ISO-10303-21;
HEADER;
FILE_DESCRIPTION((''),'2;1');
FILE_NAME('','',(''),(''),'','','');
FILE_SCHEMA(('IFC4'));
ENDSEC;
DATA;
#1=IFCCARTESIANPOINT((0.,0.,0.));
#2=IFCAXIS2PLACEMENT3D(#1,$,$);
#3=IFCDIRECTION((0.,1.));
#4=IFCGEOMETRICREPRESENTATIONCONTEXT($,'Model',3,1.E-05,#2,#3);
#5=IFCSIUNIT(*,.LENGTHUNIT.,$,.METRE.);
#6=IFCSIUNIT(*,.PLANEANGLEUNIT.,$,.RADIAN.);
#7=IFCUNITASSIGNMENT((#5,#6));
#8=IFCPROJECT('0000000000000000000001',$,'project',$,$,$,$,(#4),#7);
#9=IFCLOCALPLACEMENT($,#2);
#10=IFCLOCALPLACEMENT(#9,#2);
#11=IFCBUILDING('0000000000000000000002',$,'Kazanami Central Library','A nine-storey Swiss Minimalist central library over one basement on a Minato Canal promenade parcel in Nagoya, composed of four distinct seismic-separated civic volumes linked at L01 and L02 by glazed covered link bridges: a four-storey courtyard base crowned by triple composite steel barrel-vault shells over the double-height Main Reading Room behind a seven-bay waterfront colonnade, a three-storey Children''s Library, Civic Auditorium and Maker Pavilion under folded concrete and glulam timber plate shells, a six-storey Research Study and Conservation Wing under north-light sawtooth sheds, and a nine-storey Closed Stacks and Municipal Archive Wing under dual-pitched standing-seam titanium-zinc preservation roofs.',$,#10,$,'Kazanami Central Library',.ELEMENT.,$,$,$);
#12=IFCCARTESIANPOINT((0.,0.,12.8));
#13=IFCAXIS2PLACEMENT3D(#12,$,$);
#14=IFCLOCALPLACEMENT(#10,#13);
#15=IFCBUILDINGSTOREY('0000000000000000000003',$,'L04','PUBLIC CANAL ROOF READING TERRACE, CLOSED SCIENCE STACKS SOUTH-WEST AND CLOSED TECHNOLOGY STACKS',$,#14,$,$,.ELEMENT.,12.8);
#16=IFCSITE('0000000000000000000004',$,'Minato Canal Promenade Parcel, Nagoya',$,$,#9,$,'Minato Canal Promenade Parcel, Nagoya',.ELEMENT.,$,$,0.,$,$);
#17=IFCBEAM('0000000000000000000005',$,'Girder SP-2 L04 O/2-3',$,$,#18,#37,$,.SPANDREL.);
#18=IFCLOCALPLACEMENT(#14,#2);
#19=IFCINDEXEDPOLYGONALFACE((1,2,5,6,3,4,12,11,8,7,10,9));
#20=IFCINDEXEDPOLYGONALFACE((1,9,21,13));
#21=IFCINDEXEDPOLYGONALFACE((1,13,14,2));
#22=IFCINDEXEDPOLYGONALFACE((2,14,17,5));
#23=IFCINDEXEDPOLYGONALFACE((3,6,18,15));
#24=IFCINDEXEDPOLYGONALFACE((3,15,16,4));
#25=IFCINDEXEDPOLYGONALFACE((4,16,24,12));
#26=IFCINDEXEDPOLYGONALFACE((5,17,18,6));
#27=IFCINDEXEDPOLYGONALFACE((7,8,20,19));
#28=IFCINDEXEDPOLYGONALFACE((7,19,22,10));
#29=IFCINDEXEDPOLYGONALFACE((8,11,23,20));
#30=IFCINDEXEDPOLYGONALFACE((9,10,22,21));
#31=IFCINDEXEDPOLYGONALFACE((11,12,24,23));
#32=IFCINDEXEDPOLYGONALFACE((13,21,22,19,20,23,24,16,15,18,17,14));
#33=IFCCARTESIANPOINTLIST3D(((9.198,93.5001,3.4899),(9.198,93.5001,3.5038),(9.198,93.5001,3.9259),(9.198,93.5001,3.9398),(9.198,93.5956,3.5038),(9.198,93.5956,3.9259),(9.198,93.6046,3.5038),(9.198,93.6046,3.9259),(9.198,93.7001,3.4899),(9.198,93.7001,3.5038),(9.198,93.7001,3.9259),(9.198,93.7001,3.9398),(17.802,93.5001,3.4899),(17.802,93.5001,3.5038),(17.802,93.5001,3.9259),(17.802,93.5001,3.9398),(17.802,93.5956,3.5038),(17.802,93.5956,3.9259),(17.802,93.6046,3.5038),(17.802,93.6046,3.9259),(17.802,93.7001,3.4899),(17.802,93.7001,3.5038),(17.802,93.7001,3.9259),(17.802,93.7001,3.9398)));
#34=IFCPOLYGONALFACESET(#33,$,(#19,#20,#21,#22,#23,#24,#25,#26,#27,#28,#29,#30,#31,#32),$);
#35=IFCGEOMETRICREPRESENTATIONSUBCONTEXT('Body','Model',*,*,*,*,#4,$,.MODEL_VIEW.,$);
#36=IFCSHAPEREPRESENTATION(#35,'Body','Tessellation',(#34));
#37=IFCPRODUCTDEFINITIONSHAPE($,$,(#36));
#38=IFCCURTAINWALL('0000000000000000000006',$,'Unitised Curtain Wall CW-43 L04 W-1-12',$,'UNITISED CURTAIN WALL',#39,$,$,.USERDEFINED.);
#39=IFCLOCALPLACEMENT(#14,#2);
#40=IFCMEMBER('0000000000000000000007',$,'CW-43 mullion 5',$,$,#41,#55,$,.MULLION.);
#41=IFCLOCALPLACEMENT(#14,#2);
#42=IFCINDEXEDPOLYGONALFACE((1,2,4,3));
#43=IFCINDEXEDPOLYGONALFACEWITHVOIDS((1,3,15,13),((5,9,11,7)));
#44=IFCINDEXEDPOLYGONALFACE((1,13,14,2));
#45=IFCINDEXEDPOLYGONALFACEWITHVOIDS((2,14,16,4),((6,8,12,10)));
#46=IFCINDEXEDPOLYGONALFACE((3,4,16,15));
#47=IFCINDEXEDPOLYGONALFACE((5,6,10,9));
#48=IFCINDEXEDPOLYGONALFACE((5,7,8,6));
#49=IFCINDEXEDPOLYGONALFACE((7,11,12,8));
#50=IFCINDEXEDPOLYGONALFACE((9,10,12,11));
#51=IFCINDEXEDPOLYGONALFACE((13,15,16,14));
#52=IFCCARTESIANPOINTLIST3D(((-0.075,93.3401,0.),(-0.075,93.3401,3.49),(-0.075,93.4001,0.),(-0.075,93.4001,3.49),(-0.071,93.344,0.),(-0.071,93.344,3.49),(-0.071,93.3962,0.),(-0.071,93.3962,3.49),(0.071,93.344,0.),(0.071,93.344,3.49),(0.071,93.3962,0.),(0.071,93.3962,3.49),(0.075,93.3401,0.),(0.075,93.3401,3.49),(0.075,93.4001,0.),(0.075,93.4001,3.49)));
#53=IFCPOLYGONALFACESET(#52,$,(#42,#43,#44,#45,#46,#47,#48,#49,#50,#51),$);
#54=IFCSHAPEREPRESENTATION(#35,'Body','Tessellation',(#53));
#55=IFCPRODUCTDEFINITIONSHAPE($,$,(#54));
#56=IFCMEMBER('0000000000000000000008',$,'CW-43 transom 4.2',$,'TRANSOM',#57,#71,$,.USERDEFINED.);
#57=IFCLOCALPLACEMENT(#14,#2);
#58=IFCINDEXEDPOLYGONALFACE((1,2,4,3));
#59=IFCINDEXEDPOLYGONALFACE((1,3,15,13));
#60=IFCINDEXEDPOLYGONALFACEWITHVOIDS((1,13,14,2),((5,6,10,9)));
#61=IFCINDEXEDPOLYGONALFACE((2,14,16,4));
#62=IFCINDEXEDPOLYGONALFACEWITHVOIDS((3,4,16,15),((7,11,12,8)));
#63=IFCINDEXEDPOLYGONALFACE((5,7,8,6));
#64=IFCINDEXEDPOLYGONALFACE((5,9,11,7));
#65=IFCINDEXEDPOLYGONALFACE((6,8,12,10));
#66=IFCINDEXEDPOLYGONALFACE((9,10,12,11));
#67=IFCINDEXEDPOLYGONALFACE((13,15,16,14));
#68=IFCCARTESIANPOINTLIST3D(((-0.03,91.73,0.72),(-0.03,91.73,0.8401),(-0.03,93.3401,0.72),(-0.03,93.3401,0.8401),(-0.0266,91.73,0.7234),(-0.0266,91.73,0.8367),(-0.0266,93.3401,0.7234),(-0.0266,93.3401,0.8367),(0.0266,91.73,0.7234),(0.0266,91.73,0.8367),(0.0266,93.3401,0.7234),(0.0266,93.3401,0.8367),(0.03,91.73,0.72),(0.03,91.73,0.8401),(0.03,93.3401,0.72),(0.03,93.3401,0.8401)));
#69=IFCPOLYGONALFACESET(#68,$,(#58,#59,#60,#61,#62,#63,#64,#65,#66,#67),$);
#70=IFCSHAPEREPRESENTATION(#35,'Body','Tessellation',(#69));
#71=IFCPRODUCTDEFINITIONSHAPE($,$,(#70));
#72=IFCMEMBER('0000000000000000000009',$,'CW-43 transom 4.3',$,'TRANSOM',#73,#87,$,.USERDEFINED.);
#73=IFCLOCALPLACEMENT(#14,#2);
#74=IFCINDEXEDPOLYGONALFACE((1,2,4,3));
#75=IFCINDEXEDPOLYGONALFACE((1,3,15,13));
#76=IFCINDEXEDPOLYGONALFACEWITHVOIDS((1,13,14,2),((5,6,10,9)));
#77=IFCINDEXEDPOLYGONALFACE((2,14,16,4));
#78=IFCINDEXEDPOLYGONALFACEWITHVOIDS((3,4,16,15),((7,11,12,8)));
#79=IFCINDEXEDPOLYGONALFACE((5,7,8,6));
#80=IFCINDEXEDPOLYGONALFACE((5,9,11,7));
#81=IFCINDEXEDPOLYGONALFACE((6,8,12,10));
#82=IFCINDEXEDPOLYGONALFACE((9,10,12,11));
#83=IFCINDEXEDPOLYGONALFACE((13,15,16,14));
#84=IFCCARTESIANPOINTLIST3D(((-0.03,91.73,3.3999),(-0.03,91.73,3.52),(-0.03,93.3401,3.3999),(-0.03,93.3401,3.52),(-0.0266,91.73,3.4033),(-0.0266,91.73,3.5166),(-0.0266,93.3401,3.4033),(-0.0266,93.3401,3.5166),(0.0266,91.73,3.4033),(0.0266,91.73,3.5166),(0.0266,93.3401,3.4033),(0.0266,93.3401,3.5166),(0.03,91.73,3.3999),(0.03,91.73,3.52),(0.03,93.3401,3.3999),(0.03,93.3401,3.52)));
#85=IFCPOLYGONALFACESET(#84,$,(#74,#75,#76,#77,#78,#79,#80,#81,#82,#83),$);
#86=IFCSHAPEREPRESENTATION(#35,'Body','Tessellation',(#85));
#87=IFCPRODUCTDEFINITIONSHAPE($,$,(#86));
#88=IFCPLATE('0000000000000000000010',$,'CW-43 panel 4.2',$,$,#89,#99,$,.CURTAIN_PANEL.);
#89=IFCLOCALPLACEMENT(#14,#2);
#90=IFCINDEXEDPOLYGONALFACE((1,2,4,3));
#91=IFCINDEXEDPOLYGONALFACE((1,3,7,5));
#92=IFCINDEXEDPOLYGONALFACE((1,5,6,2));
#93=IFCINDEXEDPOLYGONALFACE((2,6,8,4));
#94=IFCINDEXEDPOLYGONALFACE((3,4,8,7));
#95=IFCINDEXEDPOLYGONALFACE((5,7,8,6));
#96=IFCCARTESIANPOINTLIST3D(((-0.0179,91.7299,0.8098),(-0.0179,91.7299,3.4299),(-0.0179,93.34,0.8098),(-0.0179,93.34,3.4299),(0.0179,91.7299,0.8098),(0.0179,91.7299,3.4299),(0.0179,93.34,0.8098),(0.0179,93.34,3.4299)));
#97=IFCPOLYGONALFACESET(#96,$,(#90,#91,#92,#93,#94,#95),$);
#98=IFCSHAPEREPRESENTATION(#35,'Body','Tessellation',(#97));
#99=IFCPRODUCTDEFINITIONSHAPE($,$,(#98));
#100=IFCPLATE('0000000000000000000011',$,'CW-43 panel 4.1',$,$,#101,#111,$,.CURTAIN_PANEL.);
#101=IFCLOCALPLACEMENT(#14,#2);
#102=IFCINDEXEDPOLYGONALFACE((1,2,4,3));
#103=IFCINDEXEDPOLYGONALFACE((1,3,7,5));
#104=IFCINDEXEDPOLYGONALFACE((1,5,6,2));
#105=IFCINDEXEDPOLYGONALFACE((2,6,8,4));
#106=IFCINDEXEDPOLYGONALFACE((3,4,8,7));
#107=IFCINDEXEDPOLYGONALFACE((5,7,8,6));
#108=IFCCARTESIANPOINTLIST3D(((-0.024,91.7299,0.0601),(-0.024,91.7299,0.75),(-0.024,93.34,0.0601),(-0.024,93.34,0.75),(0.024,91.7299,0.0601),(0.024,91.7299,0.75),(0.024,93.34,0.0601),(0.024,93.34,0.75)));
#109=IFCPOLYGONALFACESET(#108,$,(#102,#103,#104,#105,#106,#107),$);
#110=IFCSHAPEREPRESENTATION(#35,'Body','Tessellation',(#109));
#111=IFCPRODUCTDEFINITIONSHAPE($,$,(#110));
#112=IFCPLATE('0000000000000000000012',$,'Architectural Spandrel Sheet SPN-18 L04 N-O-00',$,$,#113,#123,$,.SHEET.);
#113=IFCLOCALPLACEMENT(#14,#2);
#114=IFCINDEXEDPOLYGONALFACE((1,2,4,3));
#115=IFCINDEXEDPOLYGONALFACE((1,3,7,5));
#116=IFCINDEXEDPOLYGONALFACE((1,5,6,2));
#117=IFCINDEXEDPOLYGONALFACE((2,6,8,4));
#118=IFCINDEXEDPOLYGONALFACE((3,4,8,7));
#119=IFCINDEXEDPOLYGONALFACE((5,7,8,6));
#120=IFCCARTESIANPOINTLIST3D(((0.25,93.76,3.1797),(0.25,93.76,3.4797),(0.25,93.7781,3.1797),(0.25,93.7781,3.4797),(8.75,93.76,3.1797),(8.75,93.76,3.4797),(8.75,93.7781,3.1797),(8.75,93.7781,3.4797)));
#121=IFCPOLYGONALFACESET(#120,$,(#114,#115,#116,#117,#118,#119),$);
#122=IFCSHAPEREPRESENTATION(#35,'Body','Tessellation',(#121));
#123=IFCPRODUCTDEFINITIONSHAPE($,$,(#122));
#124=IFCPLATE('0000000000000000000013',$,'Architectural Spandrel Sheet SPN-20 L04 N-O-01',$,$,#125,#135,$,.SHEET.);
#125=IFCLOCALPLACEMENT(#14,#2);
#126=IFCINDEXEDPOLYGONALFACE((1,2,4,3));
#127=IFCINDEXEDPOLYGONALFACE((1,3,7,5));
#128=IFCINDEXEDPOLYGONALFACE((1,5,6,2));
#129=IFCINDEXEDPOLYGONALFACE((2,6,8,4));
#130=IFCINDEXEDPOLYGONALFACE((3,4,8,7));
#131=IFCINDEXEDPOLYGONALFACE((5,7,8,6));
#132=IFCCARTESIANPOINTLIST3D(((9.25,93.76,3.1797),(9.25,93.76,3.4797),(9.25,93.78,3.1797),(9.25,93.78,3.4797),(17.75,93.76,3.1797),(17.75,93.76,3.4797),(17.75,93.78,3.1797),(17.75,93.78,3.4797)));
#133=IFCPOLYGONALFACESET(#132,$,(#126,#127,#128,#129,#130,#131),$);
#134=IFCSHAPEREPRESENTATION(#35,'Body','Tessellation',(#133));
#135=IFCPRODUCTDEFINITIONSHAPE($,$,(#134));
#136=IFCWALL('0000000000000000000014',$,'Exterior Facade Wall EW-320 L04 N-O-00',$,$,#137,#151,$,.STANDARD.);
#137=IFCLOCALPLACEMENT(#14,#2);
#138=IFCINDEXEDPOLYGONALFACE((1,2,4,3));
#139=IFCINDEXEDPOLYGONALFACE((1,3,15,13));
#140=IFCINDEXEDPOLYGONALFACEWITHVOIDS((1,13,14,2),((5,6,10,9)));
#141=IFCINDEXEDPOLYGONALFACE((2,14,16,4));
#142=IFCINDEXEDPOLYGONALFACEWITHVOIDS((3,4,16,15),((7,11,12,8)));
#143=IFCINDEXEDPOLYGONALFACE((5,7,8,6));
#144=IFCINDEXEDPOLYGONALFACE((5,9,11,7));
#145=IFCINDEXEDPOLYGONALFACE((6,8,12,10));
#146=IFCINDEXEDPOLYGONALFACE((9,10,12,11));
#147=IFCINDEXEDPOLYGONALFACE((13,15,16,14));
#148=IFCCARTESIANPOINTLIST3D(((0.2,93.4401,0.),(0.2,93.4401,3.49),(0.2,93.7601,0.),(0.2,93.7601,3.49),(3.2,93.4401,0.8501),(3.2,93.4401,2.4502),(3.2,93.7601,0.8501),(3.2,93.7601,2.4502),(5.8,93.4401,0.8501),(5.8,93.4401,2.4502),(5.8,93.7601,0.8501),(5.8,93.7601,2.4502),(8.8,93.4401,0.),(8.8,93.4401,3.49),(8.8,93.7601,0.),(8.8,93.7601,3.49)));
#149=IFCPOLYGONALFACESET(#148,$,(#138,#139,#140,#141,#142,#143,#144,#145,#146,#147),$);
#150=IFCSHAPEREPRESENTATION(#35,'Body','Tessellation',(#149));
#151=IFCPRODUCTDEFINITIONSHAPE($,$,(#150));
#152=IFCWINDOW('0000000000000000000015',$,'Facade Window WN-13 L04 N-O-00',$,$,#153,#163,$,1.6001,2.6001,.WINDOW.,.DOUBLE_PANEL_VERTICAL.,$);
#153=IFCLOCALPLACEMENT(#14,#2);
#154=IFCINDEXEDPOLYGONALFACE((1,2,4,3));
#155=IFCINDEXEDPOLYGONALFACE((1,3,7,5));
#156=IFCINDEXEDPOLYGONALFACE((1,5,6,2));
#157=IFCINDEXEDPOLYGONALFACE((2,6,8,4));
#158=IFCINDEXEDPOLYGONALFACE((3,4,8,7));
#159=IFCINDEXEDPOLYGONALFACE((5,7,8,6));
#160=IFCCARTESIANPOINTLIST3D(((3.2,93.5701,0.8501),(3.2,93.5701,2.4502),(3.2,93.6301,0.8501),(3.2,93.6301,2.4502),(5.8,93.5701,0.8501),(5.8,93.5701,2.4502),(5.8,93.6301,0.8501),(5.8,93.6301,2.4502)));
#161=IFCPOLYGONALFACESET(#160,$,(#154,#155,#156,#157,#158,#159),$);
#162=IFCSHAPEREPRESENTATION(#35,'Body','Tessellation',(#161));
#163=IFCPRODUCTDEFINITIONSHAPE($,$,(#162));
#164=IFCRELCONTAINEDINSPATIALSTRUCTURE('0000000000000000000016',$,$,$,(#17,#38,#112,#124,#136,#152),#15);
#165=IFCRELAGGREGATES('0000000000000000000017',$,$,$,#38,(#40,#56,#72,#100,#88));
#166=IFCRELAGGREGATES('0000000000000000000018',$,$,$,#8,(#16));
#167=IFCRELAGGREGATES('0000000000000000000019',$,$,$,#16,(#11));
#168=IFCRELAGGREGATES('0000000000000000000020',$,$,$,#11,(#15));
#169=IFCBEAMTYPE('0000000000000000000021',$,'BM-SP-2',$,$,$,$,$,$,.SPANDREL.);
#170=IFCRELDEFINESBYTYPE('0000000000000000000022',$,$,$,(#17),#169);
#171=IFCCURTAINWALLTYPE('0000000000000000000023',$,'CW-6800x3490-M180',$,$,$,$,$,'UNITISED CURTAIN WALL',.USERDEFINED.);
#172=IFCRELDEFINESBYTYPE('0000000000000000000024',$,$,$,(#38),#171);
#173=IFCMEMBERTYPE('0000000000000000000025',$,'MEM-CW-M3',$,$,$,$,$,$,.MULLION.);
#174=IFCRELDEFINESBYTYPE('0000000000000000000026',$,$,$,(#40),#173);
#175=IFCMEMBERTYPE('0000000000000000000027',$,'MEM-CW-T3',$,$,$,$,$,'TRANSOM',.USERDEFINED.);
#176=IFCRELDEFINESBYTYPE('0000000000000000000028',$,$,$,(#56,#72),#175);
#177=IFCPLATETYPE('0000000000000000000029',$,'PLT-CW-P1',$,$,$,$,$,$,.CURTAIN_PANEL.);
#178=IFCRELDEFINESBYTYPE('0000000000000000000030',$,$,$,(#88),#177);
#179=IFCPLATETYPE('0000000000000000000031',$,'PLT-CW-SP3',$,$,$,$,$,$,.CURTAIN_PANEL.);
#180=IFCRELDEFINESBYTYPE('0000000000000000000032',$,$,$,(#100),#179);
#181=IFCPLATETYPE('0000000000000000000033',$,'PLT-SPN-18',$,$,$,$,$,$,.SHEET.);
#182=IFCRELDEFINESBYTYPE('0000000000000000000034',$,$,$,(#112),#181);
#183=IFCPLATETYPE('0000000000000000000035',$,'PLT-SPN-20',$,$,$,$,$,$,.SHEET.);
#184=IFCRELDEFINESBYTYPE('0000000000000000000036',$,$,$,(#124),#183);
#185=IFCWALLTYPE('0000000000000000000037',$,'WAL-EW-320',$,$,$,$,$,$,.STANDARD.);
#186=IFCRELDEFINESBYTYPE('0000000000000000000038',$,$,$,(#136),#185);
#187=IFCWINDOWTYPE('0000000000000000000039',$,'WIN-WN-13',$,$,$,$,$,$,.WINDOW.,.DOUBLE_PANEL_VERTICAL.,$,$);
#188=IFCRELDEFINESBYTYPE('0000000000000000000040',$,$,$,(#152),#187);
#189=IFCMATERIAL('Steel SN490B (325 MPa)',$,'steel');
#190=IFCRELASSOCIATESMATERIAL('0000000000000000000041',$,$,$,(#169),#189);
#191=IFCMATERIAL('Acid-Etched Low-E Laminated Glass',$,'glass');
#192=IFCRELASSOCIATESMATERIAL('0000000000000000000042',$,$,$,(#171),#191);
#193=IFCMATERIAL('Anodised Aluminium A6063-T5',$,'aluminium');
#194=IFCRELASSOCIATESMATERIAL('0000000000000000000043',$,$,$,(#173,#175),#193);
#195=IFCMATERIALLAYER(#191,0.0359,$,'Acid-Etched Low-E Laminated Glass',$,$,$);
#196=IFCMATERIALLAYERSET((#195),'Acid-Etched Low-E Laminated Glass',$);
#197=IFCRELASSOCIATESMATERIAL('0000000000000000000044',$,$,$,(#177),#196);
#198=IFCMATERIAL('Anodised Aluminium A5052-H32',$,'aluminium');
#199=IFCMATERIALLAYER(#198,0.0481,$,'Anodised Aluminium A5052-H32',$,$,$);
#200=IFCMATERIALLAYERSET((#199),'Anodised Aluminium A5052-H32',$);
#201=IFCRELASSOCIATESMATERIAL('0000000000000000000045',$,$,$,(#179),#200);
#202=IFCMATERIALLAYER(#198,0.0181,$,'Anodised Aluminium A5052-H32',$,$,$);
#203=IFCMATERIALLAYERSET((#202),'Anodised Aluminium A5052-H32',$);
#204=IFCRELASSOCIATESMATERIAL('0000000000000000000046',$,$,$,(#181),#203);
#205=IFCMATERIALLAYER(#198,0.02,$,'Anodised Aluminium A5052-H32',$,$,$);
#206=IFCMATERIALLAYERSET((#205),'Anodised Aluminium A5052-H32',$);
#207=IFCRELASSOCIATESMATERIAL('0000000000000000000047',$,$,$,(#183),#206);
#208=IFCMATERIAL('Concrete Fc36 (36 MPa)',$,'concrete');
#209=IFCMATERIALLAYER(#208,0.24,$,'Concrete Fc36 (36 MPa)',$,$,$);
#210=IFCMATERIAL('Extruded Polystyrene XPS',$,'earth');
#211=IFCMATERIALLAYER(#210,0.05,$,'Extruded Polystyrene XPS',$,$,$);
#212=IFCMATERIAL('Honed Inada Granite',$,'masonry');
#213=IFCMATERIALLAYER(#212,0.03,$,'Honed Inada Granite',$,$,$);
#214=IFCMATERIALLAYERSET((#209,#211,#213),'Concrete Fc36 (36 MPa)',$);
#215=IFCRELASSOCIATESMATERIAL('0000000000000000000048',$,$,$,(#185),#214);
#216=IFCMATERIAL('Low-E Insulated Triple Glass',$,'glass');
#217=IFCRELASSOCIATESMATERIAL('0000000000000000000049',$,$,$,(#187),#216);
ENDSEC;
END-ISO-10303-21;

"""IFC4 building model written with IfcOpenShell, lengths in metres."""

from ifc_helpers import new_model, si_unit, direction, frame, frame_2d, origin, origin_2d, place, context, subcontext, project, spatial, rectangle, hollow_rectangle, i_section, extrude, material, layer, layer_set, material_profile, profile_set, type_object, element, fill, aggregate, save


model = new_model("IFC4")

# Units and contexts
model_context = context("Model", 3, precision=1e-05, world=origin(), true_north=direction((0.0, 1.0)))
body_context = subcontext(model_context, "Body", "Model", "MODEL_VIEW")
ifc_project = project(units=[si_unit("LENGTHUNIT", "METRE"), si_unit("PLANEANGLEUNIT", "RADIAN")], contexts=[model_context])

# Site, building, storey
site_placement = place(None, origin())
site = spatial("IfcSite", under=ifc_project, at=site_placement, Name="Minato Canal Promenade Parcel, Nagoya", LongName="Minato Canal Promenade Parcel, Nagoya", CompositionType="ELEMENT", RefElevation=0.0)
building_placement = place(site_placement, origin())
building = spatial("IfcBuilding", under=site, at=building_placement, Name="Kazanami Central Library", Description="A nine-storey Swiss Minimalist central library over one basement on a Minato Canal promenade parcel in Nagoya, composed of four distinct seismic-separated civic volumes linked at L01 and L02 by glazed covered link bridges: a four-storey courtyard base crowned by triple composite steel barrel-vault shells over the double-height Main Reading Room behind a seven-bay waterfront colonnade, a three-storey Children's Library, Civic Auditorium and Maker Pavilion under folded concrete and glulam timber plate shells, a six-storey Research Study and Conservation Wing under north-light sawtooth sheds, and a nine-storey Closed Stacks and Municipal Archive Wing under dual-pitched standing-seam titanium-zinc preservation roofs.", LongName="Kazanami Central Library", CompositionType="ELEMENT")
storey_placement = place(building_placement, frame((0.0, 0.0, 12.8)))
storey = spatial("IfcBuildingStorey", under=building, at=storey_placement, Name="L04", Description="PUBLIC CANAL ROOF READING TERRACE, CLOSED SCIENCE STACKS SOUTH-WEST AND CLOSED TECHNOLOGY STACKS", CompositionType="ELEMENT", Elevation=12.8)

# Beam
ifc_material_1 = material(Name="Steel SN490B (325 MPa)", Category="steel")
ifc_material_profile_1 = material_profile(ifc_material_1, i_section(OverallWidth=0.2, OverallDepth=0.45, WebThickness=0.009, FlangeThickness=0.0139, at=origin_2d()), Name="H-450x200x9x14")
ifc_profile_set_1 = profile_set([ifc_material_profile_1], Name="Steel SN490B (325 MPa)")
beam_type_1 = type_object("IfcBeamType", Name="BM-SP-2", PredefinedType="SPANDREL", material=ifc_profile_set_1)
for number, where, z_axis, x_axis, name in (
    (1, (9.198, 93.6001, 3.7148), (1.0, 0.0, 0.0), (0.0, 1.0, 0.0), "Girder SP-2 L04 O/2-3"),
):
    element("IfcBeam", number, at=place(storey_placement, frame(where, z_axis=z_axis, x_axis=x_axis)), inside=storey, type_object=beam_type_1, Name=name, PredefinedType="SPANDREL", context=body_context, shape_type="SweptSolid", body=[
        extrude(i_section(OverallWidth=0.2, OverallDepth=0.45, WebThickness=0.009, FlangeThickness=0.0139, at=origin_2d()), origin(), (0.0, 0.0, 1.0), 8.604),
    ])

# Curtain wall, members, plates
ifc_material_2 = material(Name="Acid-Etched Low-E Laminated Glass", Category="glass")
curtain_wall_type = type_object("IfcCurtainWallType", Name="CW-6800x3490-M180", ElementType="UNITISED CURTAIN WALL", PredefinedType="USERDEFINED", material=ifc_material_2)
curtain_wall_placement = place(storey_placement, origin())
curtain_wall = element("IfcCurtainWall", 2, at=curtain_wall_placement, inside=storey, type_object=curtain_wall_type, Name="Unitised Curtain Wall CW-43 L04 W-1-12", ObjectType="UNITISED CURTAIN WALL", PredefinedType="USERDEFINED")
ifc_material_3 = material(Name="Anodised Aluminium A6063-T5", Category="aluminium")
ifc_material_profile_2 = material_profile(ifc_material_3, hollow_rectangle(XDim=0.0601, YDim=0.1499, WallThickness=0.0039, at=origin_2d()), Name="ALU-MULL-60x150x4")
ifc_profile_set_2 = profile_set([ifc_material_profile_2], Name="Anodised Aluminium A6063-T5")
member_type_1 = type_object("IfcMemberType", Name="MEM-CW-M3", PredefinedType="MULLION", material=ifc_profile_set_2)
member_1_placement = place(storey_placement, frame((0.0, 93.3701, 0.0), z_axis=(0.0, 0.0, 1.0), x_axis=(0.0, 1.0, 0.0)))
member_1 = element("IfcMember", 3, at=member_1_placement, type_object=member_type_1, Name="CW-43 mullion 5", PredefinedType="MULLION", context=body_context, shape_type="SweptSolid", body=[
    extrude(hollow_rectangle(XDim=0.0601, YDim=0.1499, WallThickness=0.0039, at=origin_2d()), origin(), (0.0, 0.0, 1.0), 3.49),
])
ifc_material_profile_3 = material_profile(ifc_material_3, hollow_rectangle(XDim=0.0601, YDim=0.1201, WallThickness=0.0034, at=origin_2d()), Name="ALU-TRAN-60x120x3.5")
ifc_profile_set_3 = profile_set([ifc_material_profile_3], Name="Anodised Aluminium A6063-T5")
member_type_2 = type_object("IfcMemberType", Name="MEM-CW-T3", ElementType="TRANSOM", PredefinedType="USERDEFINED", material=ifc_profile_set_3)
member_2_placement = place(storey_placement, frame((0.0, 91.73, 0.78), z_axis=(0.0, 1.0, 0.0), x_axis=(-1.0, 0.0, 0.0)))
member_2 = element("IfcMember", 4, at=member_2_placement, type_object=member_type_2, Name="CW-43 transom 4.2", ObjectType="TRANSOM", PredefinedType="USERDEFINED", context=body_context, shape_type="SweptSolid", body=[
    extrude(hollow_rectangle(XDim=0.0601, YDim=0.1201, WallThickness=0.0034, at=origin_2d()), origin(), (0.0, 0.0, 1.0), 1.6101),
])
member_3_placement = place(storey_placement, frame((0.0, 91.73, 3.46), z_axis=(0.0, 1.0, 0.0), x_axis=(-1.0, 0.0, 0.0)))
member_3 = element("IfcMember", 5, at=member_3_placement, type_object=member_type_2, Name="CW-43 transom 4.3", ObjectType="TRANSOM", PredefinedType="USERDEFINED", context=body_context, shape_type="SweptSolid", body=[
    extrude(hollow_rectangle(XDim=0.0601, YDim=0.1201, WallThickness=0.0034, at=origin_2d()), origin(), (0.0, 0.0, 1.0), 1.6101),
])
ifc_layer_1 = layer(ifc_material_2, 0.0359, Name="Acid-Etched Low-E Laminated Glass")
ifc_layer_set_1 = layer_set([ifc_layer_1], Name="Acid-Etched Low-E Laminated Glass")
plate_type_1 = type_object("IfcPlateType", Name="PLT-CW-P1", PredefinedType="CURTAIN_PANEL", material=ifc_layer_set_1)
plate_1_placement = place(storey_placement, frame((0.0, 92.5349, 0.8098), z_axis=(0.0, 0.0, 1.0), x_axis=(0.0, 1.0, 0.0)))
plate_1 = element("IfcPlate", 6, at=plate_1_placement, type_object=plate_type_1, Name="CW-43 panel 4.2", PredefinedType="CURTAIN_PANEL", context=body_context, shape_type="SweptSolid", body=[
    extrude(rectangle(XDim=1.6101, YDim=0.0359, at=origin_2d()), origin(), (0.0, 0.0, 1.0), 2.6201),
])
ifc_material_4 = material(Name="Anodised Aluminium A5052-H32", Category="aluminium")
ifc_layer_2 = layer(ifc_material_4, 0.0481, Name="Anodised Aluminium A5052-H32")
ifc_layer_set_2 = layer_set([ifc_layer_2], Name="Anodised Aluminium A5052-H32")
plate_type_2 = type_object("IfcPlateType", Name="PLT-CW-SP3", PredefinedType="CURTAIN_PANEL", material=ifc_layer_set_2)
plate_2_placement = place(storey_placement, frame((0.0, 92.5349, 0.0601), z_axis=(0.0, 0.0, 1.0), x_axis=(0.0, 1.0, 0.0)))
plate_2 = element("IfcPlate", 7, at=plate_2_placement, type_object=plate_type_2, Name="CW-43 panel 4.1", PredefinedType="CURTAIN_PANEL", context=body_context, shape_type="SweptSolid", body=[
    extrude(rectangle(XDim=1.6101, YDim=0.0481, at=origin_2d()), origin(), (0.0, 0.0, 1.0), 0.6899),
])
aggregate(curtain_wall, [member_1, member_2, member_3, plate_2, plate_1])

# Plates
ifc_layer_3 = layer(ifc_material_4, 0.0181, Name="Anodised Aluminium A5052-H32")
ifc_layer_set_3 = layer_set([ifc_layer_3], Name="Anodised Aluminium A5052-H32")
plate_type_3 = type_object("IfcPlateType", Name="PLT-SPN-18", PredefinedType="SHEET", material=ifc_layer_set_3)
plate_3_placement = place(storey_placement, frame((4.5, 93.769, 3.1797), z_axis=(0.0, 0.0, 1.0), x_axis=(-1.0, 0.0, 0.0)))
element("IfcPlate", 8, at=plate_3_placement, inside=storey, type_object=plate_type_3, Name="Architectural Spandrel Sheet SPN-18 L04 N-O-00", PredefinedType="SHEET", context=body_context, shape_type="SweptSolid", body=[
    extrude(rectangle(XDim=8.5, YDim=0.0181, at=origin_2d()), origin(), (0.0, 0.0, 1.0), 0.3),
])
ifc_layer_4 = layer(ifc_material_4, 0.02, Name="Anodised Aluminium A5052-H32")
ifc_layer_set_4 = layer_set([ifc_layer_4], Name="Anodised Aluminium A5052-H32")
plate_type_4 = type_object("IfcPlateType", Name="PLT-SPN-20", PredefinedType="SHEET", material=ifc_layer_set_4)
plate_4_placement = place(storey_placement, frame((13.5, 93.77, 3.1797), z_axis=(0.0, 0.0, 1.0), x_axis=(-1.0, 0.0, 0.0)))
element("IfcPlate", 9, at=plate_4_placement, inside=storey, type_object=plate_type_4, Name="Architectural Spandrel Sheet SPN-20 L04 N-O-01", PredefinedType="SHEET", context=body_context, shape_type="SweptSolid", body=[
    extrude(rectangle(XDim=8.5, YDim=0.02, at=origin_2d()), origin(), (0.0, 0.0, 1.0), 0.3),
])

# Wall, opening, window
ifc_material_5 = material(Name="Concrete Fc36 (36 MPa)", Category="concrete")
ifc_layer_5 = layer(ifc_material_5, 0.24, Name="Concrete Fc36 (36 MPa)")
ifc_material_6 = material(Name="Extruded Polystyrene XPS", Category="earth")
ifc_layer_6 = layer(ifc_material_6, 0.05, Name="Extruded Polystyrene XPS")
ifc_material_7 = material(Name="Honed Inada Granite", Category="masonry")
ifc_layer_7 = layer(ifc_material_7, 0.03, Name="Honed Inada Granite")
ifc_layer_set_5 = layer_set([ifc_layer_5, ifc_layer_6, ifc_layer_7], Name="Concrete Fc36 (36 MPa)")
wall_type_1 = type_object("IfcWallType", Name="WAL-EW-320", PredefinedType="STANDARD", material=ifc_layer_set_5)
wall_1_placement = place(storey_placement, frame((8.8, 93.6001, 0.0), z_axis=(0.0, 0.0, 1.0), x_axis=(-1.0, 0.0, 0.0)))
wall_1 = element("IfcWall", 10, at=wall_1_placement, inside=storey, type_object=wall_type_1, Name="Exterior Facade Wall EW-320 L04 N-O-00", PredefinedType="STANDARD", context=body_context, shape_type="SweptSolid", body=[
    extrude(rectangle(XDim=8.6001, YDim=0.3201, at=frame_2d((4.3, 0.0))), origin(), (0.0, 0.0, 1.0), 3.49),
])
opening_1_placement = place(wall_1_placement, frame((3.0, 0.0, 0.8501)))
opening_1 = element("IfcOpeningElement", 11, at=opening_1_placement, cuts=wall_1, PredefinedType="OPENING", context=body_context, shape_type="SweptSolid", body=[
    extrude(rectangle(XDim=2.6001, YDim=1.6001, at=frame_2d((1.3, 0.8))), frame((0.0, 0.1719, 0.0), z_axis=(0.0, -1.0, 0.0), x_axis=(1.0, 0.0, 0.0)), (0.0, 0.0, 1.0), 0.344),
])
ifc_material_8 = material(Name="Low-E Insulated Triple Glass", Category="glass")
window_type = type_object("IfcWindowType", Name="WIN-WN-13", PartitioningType="DOUBLE_PANEL_VERTICAL", PredefinedType="WINDOW", material=ifc_material_8)
window_1_placement = place(opening_1_placement, origin())
window_1 = element("IfcWindow", 12, at=window_1_placement, inside=storey, type_object=window_type, Name="Facade Window WN-13 L04 N-O-00", OverallHeight=1.6001, OverallWidth=2.6001, PartitioningType="DOUBLE_PANEL_VERTICAL", PredefinedType="WINDOW", context=body_context, shape_type="SweptSolid", body=[
    extrude(rectangle(XDim=2.6001, YDim=1.6001, at=frame_2d((1.3, 0.8))), frame((0.0, 0.03, 0.0), z_axis=(0.0, -1.0, 0.0), x_axis=(1.0, 0.0, 0.0)), (0.0, 0.0, 1.0), 0.0601),
])
fill(opening_1, window_1)

save(model, "model.ifc")
